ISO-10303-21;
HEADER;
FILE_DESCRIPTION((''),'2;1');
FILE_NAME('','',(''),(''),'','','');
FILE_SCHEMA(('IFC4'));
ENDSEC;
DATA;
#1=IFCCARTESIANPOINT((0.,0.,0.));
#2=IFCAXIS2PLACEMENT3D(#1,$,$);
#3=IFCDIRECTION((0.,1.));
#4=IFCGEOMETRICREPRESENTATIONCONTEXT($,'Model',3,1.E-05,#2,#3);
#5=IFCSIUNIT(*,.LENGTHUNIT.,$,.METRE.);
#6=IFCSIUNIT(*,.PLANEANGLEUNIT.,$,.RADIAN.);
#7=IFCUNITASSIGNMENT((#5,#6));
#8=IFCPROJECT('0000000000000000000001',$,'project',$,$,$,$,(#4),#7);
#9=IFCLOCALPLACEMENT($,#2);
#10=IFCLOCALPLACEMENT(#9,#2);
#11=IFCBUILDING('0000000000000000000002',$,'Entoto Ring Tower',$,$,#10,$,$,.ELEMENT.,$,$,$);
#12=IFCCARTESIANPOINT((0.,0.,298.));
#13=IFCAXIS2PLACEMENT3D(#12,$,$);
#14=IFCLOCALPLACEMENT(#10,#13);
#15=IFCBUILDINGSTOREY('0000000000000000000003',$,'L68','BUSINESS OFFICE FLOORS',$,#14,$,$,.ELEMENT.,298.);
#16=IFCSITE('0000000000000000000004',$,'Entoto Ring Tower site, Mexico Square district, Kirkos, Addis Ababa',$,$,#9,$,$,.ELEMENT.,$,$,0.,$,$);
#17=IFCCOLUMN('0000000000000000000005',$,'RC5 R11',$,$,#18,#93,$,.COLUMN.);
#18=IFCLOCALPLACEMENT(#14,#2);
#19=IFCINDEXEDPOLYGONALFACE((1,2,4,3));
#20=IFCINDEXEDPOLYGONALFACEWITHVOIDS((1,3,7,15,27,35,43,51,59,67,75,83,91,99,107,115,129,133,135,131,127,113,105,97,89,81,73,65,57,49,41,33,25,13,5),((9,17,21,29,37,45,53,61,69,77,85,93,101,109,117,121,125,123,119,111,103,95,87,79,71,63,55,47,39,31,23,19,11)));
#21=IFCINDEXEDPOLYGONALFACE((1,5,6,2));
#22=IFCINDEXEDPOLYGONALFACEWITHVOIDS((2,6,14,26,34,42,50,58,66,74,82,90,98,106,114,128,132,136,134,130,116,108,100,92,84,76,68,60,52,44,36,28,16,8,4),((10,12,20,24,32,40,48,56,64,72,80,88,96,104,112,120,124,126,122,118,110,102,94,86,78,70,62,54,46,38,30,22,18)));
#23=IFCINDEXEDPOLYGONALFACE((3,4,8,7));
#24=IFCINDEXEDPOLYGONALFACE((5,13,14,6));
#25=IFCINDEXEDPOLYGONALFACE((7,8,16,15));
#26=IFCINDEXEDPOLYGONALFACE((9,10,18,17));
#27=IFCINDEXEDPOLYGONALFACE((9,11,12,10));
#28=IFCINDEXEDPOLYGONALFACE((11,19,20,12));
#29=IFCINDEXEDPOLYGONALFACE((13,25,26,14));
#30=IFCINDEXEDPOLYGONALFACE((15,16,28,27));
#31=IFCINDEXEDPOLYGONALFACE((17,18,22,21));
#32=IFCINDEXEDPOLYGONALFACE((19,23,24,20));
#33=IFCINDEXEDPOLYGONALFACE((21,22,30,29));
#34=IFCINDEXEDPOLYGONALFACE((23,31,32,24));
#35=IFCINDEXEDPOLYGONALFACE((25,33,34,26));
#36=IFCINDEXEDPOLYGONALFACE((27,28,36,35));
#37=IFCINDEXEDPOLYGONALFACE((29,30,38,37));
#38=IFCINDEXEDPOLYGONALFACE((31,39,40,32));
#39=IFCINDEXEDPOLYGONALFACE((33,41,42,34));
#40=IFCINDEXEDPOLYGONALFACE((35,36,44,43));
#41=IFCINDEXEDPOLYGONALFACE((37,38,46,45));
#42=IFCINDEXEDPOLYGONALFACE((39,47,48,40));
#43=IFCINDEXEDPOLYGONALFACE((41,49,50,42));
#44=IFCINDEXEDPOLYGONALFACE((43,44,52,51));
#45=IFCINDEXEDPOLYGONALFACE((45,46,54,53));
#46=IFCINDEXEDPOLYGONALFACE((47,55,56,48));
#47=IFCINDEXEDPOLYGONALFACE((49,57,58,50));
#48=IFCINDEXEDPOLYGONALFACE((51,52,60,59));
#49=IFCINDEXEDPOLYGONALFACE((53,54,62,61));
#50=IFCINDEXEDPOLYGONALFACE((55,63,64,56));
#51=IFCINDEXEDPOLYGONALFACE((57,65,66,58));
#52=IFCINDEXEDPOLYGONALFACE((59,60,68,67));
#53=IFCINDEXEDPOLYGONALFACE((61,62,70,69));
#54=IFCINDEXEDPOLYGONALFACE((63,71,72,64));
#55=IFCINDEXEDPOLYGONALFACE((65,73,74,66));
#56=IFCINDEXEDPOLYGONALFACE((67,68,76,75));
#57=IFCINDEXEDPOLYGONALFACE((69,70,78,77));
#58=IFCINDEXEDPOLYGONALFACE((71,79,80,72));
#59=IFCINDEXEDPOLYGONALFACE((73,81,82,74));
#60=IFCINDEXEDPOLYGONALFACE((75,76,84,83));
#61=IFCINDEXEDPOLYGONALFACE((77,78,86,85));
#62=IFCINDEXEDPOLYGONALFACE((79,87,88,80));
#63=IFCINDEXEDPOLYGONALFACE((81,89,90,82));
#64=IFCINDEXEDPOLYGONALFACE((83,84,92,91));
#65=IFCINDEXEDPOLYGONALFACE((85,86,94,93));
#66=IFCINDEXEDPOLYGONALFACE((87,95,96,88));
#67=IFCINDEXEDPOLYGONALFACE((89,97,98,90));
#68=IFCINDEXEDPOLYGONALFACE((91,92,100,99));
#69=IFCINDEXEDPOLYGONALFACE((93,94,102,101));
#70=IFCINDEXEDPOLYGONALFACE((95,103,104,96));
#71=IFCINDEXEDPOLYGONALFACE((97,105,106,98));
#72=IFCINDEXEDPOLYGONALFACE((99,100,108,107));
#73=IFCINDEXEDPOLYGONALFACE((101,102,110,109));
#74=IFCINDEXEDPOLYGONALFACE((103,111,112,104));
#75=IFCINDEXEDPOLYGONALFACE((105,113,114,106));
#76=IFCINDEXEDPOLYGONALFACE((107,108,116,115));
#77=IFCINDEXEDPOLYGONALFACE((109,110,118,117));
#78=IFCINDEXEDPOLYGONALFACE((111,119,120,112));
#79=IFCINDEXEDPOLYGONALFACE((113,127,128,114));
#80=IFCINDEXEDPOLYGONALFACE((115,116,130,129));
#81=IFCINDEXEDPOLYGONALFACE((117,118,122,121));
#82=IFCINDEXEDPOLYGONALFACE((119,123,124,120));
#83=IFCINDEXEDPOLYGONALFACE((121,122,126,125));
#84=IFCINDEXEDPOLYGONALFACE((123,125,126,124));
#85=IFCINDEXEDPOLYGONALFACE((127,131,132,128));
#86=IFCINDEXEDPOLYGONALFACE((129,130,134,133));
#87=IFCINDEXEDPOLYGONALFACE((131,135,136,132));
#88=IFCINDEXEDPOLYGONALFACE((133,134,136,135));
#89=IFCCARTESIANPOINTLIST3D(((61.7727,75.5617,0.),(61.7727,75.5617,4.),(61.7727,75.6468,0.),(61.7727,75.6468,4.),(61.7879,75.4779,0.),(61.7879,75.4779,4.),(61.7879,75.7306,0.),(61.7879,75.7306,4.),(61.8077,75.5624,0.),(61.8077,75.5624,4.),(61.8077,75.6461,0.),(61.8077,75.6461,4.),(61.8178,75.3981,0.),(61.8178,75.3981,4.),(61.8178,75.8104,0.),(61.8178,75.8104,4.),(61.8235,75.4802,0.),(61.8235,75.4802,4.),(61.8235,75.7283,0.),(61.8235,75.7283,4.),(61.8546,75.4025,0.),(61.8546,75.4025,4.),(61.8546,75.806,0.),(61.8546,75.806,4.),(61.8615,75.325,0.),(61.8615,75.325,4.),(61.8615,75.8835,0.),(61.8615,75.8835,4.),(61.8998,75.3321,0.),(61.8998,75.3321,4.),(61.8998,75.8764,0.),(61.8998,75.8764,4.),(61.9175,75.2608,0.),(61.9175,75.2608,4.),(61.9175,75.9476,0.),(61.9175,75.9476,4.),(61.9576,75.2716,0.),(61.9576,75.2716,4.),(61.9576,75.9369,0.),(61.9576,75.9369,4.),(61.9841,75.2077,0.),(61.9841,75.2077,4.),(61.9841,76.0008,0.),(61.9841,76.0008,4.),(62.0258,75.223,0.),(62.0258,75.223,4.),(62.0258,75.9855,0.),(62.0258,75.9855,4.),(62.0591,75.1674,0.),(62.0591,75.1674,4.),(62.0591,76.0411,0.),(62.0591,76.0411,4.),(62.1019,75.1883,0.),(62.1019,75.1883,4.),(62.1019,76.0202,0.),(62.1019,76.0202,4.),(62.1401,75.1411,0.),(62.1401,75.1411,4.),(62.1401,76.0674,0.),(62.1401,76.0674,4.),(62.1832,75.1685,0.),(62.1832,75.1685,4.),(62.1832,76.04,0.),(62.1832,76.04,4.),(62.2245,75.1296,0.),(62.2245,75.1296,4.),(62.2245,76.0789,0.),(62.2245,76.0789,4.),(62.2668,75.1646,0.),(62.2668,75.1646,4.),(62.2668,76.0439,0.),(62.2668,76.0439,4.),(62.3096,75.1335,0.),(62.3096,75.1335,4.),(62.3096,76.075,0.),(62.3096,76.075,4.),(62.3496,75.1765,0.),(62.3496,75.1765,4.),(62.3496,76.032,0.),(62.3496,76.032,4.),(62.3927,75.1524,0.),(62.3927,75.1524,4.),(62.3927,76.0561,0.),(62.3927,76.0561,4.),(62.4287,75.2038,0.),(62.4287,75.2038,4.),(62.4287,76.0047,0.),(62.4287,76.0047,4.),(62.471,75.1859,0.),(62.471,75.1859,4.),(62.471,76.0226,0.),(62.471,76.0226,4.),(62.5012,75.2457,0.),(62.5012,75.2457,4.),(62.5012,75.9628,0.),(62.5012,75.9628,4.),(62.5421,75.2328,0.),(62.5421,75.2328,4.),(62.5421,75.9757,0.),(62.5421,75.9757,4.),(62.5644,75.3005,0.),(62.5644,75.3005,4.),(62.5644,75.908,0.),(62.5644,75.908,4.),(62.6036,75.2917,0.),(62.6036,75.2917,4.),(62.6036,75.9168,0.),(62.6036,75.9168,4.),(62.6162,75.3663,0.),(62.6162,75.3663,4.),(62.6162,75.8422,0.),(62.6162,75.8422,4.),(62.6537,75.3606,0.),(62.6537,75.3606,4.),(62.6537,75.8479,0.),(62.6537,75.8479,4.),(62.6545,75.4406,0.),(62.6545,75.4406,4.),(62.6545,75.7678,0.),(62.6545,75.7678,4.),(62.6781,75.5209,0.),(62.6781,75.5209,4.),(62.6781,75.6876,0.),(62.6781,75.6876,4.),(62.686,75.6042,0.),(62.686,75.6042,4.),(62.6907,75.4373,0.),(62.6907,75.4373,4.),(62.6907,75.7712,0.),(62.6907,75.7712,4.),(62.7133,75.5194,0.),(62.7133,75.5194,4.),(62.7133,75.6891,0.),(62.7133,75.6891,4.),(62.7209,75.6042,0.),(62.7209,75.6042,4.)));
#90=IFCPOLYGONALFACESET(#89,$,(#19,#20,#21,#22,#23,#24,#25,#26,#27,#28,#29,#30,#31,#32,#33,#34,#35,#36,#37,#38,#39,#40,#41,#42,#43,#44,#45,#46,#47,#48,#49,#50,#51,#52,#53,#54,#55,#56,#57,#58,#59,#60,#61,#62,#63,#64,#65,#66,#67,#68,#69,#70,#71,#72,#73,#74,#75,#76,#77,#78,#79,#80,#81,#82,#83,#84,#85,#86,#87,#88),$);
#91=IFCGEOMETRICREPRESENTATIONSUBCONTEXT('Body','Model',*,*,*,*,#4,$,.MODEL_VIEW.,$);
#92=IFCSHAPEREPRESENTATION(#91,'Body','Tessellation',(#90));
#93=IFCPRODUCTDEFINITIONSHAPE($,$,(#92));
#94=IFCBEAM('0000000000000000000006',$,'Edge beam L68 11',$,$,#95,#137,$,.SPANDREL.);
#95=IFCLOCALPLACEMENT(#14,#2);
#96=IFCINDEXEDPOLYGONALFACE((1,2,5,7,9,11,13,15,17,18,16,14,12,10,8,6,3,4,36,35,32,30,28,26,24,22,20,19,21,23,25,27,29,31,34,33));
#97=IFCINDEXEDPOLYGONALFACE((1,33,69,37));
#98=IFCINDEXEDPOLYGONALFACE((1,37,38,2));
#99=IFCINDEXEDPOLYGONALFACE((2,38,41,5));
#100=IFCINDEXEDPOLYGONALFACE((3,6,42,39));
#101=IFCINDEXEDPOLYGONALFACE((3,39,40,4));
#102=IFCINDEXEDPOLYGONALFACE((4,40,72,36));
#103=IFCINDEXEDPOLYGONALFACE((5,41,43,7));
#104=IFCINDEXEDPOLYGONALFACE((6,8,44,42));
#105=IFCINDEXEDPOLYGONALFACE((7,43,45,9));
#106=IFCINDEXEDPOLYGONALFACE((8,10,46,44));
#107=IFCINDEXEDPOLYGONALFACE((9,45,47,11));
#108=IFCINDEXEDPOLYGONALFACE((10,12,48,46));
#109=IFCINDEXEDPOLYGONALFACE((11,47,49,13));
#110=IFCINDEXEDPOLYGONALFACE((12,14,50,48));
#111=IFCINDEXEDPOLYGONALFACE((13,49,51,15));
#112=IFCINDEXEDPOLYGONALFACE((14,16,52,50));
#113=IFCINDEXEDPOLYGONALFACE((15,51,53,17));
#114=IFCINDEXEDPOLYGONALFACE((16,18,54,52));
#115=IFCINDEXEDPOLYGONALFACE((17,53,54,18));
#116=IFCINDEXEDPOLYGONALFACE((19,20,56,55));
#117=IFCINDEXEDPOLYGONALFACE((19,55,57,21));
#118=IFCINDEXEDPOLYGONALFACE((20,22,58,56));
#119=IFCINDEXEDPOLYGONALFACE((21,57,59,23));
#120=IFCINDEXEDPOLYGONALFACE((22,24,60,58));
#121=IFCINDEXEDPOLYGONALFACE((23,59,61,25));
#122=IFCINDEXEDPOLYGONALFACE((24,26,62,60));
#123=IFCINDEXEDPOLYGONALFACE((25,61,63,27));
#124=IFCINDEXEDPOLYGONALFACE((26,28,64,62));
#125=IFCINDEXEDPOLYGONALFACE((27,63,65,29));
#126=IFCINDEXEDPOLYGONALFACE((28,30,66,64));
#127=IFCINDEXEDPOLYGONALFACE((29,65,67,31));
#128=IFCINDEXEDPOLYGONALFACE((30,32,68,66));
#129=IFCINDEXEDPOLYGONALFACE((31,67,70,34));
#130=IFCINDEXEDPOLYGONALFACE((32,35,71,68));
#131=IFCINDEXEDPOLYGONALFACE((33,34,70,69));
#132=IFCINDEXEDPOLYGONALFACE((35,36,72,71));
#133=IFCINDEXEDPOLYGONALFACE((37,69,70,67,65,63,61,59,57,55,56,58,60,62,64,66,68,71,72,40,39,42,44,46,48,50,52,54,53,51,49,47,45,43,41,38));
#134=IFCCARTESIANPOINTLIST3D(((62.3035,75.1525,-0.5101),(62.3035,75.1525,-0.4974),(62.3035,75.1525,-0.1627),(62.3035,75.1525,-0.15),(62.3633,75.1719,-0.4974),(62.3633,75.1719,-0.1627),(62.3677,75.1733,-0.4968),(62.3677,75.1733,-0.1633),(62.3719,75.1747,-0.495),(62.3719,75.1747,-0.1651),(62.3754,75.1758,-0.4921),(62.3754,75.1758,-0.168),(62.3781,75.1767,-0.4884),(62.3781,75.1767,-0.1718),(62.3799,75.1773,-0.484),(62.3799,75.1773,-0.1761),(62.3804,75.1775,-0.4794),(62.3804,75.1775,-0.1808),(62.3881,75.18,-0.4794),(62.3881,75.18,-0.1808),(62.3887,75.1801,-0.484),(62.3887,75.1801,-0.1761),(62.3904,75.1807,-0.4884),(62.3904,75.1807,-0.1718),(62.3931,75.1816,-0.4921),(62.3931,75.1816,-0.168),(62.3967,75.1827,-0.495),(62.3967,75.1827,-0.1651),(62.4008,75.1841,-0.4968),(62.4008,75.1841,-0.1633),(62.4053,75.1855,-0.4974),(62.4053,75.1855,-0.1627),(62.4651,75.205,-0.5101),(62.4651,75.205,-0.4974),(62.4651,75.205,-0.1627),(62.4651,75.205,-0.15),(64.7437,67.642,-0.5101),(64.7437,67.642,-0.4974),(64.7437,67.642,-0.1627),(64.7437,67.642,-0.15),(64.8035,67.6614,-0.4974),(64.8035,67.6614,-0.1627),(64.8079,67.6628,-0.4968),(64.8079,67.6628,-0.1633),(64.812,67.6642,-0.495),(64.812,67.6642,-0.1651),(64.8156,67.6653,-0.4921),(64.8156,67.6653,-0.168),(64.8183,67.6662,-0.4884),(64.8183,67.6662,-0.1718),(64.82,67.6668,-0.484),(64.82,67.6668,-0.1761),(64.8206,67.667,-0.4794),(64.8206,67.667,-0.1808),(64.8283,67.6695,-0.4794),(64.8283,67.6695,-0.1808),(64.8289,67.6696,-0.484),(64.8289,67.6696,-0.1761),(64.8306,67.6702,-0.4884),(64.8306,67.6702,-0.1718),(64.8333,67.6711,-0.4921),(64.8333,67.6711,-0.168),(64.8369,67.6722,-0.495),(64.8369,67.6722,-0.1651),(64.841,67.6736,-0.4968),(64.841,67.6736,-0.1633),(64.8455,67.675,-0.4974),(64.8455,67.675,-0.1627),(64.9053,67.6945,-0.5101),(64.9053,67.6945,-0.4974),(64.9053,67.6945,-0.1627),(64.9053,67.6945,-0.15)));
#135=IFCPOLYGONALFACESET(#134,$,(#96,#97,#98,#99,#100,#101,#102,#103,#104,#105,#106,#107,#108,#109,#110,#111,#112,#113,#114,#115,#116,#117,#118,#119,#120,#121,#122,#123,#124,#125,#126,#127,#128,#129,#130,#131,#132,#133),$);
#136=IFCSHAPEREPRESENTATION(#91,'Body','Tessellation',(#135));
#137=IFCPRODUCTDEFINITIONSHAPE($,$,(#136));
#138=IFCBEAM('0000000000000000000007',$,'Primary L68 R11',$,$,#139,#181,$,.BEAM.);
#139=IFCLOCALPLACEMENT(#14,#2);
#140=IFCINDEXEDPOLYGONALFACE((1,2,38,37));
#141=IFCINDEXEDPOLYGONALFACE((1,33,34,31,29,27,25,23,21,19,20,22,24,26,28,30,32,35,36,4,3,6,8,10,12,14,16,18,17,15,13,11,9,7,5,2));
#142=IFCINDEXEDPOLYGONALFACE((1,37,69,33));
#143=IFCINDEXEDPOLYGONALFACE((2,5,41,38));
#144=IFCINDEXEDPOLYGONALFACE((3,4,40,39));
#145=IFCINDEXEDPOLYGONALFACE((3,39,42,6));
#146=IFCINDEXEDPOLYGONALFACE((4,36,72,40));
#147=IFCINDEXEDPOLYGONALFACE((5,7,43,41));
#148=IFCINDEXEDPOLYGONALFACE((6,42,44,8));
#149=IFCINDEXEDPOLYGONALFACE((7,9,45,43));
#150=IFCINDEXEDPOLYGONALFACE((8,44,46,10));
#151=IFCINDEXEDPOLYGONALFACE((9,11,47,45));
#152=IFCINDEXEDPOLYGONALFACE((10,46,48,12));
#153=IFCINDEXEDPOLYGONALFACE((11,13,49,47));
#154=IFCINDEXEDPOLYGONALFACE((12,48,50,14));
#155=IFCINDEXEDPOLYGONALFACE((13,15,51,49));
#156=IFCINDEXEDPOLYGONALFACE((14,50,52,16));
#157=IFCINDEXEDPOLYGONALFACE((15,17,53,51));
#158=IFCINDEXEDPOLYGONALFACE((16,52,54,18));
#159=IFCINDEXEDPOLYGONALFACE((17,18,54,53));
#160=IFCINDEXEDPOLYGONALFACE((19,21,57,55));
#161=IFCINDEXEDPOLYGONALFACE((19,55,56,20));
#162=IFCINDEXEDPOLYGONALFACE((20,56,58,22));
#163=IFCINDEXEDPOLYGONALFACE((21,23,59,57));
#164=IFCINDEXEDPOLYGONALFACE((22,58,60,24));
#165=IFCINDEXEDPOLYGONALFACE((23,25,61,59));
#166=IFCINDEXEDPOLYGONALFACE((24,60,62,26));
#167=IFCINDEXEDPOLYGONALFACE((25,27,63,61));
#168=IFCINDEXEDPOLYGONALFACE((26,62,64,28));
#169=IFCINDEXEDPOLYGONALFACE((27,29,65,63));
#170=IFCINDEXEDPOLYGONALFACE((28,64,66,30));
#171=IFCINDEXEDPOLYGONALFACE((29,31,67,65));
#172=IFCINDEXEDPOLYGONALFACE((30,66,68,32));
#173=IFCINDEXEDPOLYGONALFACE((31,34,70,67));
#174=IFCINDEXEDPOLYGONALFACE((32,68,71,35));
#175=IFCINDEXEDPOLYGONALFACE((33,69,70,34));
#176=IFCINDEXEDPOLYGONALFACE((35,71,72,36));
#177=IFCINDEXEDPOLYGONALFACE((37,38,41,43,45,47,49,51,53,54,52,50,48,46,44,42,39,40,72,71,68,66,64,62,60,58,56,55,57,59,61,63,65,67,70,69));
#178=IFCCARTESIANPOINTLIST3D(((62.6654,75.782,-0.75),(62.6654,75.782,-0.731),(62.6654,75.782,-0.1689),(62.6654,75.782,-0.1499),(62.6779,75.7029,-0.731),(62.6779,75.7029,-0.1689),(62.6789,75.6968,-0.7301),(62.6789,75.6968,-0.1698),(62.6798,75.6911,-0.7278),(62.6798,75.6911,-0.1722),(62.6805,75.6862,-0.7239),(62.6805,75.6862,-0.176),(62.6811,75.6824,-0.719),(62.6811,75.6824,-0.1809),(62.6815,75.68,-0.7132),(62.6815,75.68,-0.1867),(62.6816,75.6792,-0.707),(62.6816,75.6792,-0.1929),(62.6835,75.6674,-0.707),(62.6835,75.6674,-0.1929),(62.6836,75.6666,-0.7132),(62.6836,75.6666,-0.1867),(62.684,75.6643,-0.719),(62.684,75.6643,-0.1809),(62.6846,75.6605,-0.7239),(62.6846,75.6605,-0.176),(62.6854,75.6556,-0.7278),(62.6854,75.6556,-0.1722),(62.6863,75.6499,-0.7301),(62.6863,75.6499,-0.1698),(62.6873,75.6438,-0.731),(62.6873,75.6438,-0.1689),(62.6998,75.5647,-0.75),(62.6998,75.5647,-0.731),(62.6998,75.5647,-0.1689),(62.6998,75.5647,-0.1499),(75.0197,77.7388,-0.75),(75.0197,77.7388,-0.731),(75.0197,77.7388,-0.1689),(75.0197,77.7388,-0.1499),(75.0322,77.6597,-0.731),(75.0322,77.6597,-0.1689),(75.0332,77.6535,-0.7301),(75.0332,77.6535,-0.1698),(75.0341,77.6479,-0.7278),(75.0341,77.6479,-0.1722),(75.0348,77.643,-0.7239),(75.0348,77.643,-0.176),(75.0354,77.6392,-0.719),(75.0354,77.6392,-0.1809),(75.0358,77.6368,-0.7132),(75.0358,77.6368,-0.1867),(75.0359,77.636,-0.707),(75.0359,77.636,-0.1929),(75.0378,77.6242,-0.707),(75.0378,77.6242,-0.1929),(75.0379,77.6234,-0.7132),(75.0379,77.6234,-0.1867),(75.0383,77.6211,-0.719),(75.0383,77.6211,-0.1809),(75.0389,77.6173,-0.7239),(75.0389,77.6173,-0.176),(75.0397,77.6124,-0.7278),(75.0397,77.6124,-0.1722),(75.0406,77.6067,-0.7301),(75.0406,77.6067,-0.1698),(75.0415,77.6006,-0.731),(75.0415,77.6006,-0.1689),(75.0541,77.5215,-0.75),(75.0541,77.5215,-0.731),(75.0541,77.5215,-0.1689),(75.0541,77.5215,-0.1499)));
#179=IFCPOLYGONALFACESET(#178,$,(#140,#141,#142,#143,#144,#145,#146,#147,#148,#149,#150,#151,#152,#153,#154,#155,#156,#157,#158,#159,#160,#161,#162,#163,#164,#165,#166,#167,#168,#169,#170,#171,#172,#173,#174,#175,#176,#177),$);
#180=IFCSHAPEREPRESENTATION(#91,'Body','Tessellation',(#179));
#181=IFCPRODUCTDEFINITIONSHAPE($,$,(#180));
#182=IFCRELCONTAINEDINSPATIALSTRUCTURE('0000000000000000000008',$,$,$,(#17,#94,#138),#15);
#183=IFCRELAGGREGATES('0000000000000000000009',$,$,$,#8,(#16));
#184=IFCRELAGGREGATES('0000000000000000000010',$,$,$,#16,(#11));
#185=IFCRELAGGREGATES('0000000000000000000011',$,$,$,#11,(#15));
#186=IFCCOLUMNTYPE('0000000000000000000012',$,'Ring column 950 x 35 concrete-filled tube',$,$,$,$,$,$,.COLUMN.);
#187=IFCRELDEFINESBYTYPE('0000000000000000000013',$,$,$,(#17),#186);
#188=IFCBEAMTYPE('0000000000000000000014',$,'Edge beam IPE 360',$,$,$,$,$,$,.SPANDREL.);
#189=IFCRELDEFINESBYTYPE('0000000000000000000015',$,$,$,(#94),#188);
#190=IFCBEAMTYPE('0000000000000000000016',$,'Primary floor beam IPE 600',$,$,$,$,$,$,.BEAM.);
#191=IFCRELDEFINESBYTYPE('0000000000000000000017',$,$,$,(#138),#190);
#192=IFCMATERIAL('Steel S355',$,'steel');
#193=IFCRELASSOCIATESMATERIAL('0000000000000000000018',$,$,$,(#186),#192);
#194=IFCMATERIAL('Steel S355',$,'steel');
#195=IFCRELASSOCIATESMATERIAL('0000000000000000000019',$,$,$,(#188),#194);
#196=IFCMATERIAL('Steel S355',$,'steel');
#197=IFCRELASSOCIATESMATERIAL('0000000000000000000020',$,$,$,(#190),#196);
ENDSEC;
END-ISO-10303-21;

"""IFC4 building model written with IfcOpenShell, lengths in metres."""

from ifc_helpers import new_model, si_unit, direction, frame, origin, origin_2d, place, context, subcontext, project, spatial, circle, hollow_circle, i_section, extrude, material, material_profile, profile_set, type_object, element, save


model = new_model("IFC4")

# Units and contexts
model_context = context("Model", 3, precision=1e-05, world=origin(), true_north=direction((0.0, 1.0)))
body_context = subcontext(model_context, "Body", "Model", "MODEL_VIEW")
ifc_project = project(units=[si_unit("LENGTHUNIT", "METRE"), si_unit("PLANEANGLEUNIT", "RADIAN")], contexts=[model_context])

# Site, building, storey
site_placement = place(None, origin())
site = spatial("IfcSite", under=ifc_project, at=site_placement, Name="Entoto Ring Tower site, Mexico Square district, Kirkos, Addis Ababa", CompositionType="ELEMENT", RefElevation=0.0)
building_placement = place(site_placement, origin())
building = spatial("IfcBuilding", under=site, at=building_placement, Name="Entoto Ring Tower", CompositionType="ELEMENT")
storey_placement = place(building_placement, frame((0.0, 0.0, 298.0)))
storey = spatial("IfcBuildingStorey", under=building, at=storey_placement, Name="L68", Description="BUSINESS OFFICE FLOORS", CompositionType="ELEMENT", Elevation=298.0)

# Column
ifc_material_1 = material(Name="Steel S355", Category="steel")
ifc_material_profile_1 = material_profile(ifc_material_1, hollow_circle(Radius=0.4751, WallThickness=0.0349, at=origin_2d()), Name="CHS 950 x 35")
ifc_material_2 = material(Name="Concrete C60/75", Category="concrete")
ifc_material_profile_2 = material_profile(ifc_material_2, circle(Radius=0.4399, at=origin_2d()), Name="Concrete C60/75 infill")
ifc_profile_set_1 = profile_set([ifc_material_profile_1, ifc_material_profile_2], Name="Steel S355")
column_type = type_object("IfcColumnType", Name="Ring column 950 x 35 concrete-filled tube", PredefinedType="COLUMN", material=ifc_profile_set_1)
column_placement = place(storey_placement, frame((62.2458, 75.6042, 0.0), z_axis=(0.0, 0.0, 1.0), x_axis=(1.0, 0.0, 0.0)))
element("IfcColumn", 1, at=column_placement, inside=storey, type_object=column_type, Name="RC5 R11", PredefinedType="COLUMN", context=body_context, shape_type="SweptSolid", body=[
    extrude(hollow_circle(Radius=0.4751, WallThickness=0.0349, at=origin_2d()), origin(), (0.0, 0.0, 1.0), 4.0),
])

# Beams
ifc_material_3 = material(Name="Steel S355", Category="steel")
ifc_material_profile_3 = material_profile(ifc_material_3, i_section(OverallWidth=0.1699, OverallDepth=0.3601, WebThickness=0.0081, FlangeThickness=0.0127, FilletRadius=0.0181, at=origin_2d()), Name="IPE 360")
ifc_profile_set_2 = profile_set([ifc_material_profile_3], Name="Steel S355")
beam_type_1 = type_object("IfcBeamType", Name="Edge beam IPE 360", PredefinedType="SPANDREL", material=ifc_profile_set_2)
beam_1_placement = place(storey_placement, frame((62.3843, 75.1787, -0.3301), z_axis=(0.309003, -0.951061, 0.0), x_axis=(0.951061, 0.309003, 0.0)))
element("IfcBeam", 2, at=beam_1_placement, inside=storey, type_object=beam_type_1, Name="Edge beam L68 11", PredefinedType="SPANDREL", context=body_context, shape_type="SweptSolid", body=[
    extrude(i_section(OverallWidth=0.1699, OverallDepth=0.3601, WebThickness=0.0081, FlangeThickness=0.0127, FilletRadius=0.0181, at=origin_2d()), origin(), (0.0, 0.0, 1.0), 7.897),
])
ifc_material_4 = material(Name="Steel S355", Category="steel")
ifc_material_profile_4 = material_profile(ifc_material_4, i_section(OverallWidth=0.22, OverallDepth=0.6001, WebThickness=0.012, FlangeThickness=0.019, FilletRadius=0.0239, at=origin_2d()), Name="IPE 600")
ifc_profile_set_3 = profile_set([ifc_material_profile_4], Name="Steel S355")
beam_type_2 = type_object("IfcBeamType", Name="Primary floor beam IPE 600", PredefinedType="BEAM", material=ifc_profile_set_3)
beam_2_placement = place(storey_placement, frame((75.0369, 77.6301, -0.45), z_axis=(-0.987688, -0.15644, 0.0), x_axis=(0.15644, -0.987688, 0.0)))
element("IfcBeam", 3, at=beam_2_placement, inside=storey, type_object=beam_type_2, Name="Primary L68 R11", PredefinedType="BEAM", context=body_context, shape_type="SweptSolid", body=[
    extrude(i_section(OverallWidth=0.22, OverallDepth=0.6001, WebThickness=0.012, FlangeThickness=0.019, FilletRadius=0.0239, at=origin_2d()), origin(), (0.0, 0.0, 1.0), 12.5083),
])

save(model, "model.ifc")
